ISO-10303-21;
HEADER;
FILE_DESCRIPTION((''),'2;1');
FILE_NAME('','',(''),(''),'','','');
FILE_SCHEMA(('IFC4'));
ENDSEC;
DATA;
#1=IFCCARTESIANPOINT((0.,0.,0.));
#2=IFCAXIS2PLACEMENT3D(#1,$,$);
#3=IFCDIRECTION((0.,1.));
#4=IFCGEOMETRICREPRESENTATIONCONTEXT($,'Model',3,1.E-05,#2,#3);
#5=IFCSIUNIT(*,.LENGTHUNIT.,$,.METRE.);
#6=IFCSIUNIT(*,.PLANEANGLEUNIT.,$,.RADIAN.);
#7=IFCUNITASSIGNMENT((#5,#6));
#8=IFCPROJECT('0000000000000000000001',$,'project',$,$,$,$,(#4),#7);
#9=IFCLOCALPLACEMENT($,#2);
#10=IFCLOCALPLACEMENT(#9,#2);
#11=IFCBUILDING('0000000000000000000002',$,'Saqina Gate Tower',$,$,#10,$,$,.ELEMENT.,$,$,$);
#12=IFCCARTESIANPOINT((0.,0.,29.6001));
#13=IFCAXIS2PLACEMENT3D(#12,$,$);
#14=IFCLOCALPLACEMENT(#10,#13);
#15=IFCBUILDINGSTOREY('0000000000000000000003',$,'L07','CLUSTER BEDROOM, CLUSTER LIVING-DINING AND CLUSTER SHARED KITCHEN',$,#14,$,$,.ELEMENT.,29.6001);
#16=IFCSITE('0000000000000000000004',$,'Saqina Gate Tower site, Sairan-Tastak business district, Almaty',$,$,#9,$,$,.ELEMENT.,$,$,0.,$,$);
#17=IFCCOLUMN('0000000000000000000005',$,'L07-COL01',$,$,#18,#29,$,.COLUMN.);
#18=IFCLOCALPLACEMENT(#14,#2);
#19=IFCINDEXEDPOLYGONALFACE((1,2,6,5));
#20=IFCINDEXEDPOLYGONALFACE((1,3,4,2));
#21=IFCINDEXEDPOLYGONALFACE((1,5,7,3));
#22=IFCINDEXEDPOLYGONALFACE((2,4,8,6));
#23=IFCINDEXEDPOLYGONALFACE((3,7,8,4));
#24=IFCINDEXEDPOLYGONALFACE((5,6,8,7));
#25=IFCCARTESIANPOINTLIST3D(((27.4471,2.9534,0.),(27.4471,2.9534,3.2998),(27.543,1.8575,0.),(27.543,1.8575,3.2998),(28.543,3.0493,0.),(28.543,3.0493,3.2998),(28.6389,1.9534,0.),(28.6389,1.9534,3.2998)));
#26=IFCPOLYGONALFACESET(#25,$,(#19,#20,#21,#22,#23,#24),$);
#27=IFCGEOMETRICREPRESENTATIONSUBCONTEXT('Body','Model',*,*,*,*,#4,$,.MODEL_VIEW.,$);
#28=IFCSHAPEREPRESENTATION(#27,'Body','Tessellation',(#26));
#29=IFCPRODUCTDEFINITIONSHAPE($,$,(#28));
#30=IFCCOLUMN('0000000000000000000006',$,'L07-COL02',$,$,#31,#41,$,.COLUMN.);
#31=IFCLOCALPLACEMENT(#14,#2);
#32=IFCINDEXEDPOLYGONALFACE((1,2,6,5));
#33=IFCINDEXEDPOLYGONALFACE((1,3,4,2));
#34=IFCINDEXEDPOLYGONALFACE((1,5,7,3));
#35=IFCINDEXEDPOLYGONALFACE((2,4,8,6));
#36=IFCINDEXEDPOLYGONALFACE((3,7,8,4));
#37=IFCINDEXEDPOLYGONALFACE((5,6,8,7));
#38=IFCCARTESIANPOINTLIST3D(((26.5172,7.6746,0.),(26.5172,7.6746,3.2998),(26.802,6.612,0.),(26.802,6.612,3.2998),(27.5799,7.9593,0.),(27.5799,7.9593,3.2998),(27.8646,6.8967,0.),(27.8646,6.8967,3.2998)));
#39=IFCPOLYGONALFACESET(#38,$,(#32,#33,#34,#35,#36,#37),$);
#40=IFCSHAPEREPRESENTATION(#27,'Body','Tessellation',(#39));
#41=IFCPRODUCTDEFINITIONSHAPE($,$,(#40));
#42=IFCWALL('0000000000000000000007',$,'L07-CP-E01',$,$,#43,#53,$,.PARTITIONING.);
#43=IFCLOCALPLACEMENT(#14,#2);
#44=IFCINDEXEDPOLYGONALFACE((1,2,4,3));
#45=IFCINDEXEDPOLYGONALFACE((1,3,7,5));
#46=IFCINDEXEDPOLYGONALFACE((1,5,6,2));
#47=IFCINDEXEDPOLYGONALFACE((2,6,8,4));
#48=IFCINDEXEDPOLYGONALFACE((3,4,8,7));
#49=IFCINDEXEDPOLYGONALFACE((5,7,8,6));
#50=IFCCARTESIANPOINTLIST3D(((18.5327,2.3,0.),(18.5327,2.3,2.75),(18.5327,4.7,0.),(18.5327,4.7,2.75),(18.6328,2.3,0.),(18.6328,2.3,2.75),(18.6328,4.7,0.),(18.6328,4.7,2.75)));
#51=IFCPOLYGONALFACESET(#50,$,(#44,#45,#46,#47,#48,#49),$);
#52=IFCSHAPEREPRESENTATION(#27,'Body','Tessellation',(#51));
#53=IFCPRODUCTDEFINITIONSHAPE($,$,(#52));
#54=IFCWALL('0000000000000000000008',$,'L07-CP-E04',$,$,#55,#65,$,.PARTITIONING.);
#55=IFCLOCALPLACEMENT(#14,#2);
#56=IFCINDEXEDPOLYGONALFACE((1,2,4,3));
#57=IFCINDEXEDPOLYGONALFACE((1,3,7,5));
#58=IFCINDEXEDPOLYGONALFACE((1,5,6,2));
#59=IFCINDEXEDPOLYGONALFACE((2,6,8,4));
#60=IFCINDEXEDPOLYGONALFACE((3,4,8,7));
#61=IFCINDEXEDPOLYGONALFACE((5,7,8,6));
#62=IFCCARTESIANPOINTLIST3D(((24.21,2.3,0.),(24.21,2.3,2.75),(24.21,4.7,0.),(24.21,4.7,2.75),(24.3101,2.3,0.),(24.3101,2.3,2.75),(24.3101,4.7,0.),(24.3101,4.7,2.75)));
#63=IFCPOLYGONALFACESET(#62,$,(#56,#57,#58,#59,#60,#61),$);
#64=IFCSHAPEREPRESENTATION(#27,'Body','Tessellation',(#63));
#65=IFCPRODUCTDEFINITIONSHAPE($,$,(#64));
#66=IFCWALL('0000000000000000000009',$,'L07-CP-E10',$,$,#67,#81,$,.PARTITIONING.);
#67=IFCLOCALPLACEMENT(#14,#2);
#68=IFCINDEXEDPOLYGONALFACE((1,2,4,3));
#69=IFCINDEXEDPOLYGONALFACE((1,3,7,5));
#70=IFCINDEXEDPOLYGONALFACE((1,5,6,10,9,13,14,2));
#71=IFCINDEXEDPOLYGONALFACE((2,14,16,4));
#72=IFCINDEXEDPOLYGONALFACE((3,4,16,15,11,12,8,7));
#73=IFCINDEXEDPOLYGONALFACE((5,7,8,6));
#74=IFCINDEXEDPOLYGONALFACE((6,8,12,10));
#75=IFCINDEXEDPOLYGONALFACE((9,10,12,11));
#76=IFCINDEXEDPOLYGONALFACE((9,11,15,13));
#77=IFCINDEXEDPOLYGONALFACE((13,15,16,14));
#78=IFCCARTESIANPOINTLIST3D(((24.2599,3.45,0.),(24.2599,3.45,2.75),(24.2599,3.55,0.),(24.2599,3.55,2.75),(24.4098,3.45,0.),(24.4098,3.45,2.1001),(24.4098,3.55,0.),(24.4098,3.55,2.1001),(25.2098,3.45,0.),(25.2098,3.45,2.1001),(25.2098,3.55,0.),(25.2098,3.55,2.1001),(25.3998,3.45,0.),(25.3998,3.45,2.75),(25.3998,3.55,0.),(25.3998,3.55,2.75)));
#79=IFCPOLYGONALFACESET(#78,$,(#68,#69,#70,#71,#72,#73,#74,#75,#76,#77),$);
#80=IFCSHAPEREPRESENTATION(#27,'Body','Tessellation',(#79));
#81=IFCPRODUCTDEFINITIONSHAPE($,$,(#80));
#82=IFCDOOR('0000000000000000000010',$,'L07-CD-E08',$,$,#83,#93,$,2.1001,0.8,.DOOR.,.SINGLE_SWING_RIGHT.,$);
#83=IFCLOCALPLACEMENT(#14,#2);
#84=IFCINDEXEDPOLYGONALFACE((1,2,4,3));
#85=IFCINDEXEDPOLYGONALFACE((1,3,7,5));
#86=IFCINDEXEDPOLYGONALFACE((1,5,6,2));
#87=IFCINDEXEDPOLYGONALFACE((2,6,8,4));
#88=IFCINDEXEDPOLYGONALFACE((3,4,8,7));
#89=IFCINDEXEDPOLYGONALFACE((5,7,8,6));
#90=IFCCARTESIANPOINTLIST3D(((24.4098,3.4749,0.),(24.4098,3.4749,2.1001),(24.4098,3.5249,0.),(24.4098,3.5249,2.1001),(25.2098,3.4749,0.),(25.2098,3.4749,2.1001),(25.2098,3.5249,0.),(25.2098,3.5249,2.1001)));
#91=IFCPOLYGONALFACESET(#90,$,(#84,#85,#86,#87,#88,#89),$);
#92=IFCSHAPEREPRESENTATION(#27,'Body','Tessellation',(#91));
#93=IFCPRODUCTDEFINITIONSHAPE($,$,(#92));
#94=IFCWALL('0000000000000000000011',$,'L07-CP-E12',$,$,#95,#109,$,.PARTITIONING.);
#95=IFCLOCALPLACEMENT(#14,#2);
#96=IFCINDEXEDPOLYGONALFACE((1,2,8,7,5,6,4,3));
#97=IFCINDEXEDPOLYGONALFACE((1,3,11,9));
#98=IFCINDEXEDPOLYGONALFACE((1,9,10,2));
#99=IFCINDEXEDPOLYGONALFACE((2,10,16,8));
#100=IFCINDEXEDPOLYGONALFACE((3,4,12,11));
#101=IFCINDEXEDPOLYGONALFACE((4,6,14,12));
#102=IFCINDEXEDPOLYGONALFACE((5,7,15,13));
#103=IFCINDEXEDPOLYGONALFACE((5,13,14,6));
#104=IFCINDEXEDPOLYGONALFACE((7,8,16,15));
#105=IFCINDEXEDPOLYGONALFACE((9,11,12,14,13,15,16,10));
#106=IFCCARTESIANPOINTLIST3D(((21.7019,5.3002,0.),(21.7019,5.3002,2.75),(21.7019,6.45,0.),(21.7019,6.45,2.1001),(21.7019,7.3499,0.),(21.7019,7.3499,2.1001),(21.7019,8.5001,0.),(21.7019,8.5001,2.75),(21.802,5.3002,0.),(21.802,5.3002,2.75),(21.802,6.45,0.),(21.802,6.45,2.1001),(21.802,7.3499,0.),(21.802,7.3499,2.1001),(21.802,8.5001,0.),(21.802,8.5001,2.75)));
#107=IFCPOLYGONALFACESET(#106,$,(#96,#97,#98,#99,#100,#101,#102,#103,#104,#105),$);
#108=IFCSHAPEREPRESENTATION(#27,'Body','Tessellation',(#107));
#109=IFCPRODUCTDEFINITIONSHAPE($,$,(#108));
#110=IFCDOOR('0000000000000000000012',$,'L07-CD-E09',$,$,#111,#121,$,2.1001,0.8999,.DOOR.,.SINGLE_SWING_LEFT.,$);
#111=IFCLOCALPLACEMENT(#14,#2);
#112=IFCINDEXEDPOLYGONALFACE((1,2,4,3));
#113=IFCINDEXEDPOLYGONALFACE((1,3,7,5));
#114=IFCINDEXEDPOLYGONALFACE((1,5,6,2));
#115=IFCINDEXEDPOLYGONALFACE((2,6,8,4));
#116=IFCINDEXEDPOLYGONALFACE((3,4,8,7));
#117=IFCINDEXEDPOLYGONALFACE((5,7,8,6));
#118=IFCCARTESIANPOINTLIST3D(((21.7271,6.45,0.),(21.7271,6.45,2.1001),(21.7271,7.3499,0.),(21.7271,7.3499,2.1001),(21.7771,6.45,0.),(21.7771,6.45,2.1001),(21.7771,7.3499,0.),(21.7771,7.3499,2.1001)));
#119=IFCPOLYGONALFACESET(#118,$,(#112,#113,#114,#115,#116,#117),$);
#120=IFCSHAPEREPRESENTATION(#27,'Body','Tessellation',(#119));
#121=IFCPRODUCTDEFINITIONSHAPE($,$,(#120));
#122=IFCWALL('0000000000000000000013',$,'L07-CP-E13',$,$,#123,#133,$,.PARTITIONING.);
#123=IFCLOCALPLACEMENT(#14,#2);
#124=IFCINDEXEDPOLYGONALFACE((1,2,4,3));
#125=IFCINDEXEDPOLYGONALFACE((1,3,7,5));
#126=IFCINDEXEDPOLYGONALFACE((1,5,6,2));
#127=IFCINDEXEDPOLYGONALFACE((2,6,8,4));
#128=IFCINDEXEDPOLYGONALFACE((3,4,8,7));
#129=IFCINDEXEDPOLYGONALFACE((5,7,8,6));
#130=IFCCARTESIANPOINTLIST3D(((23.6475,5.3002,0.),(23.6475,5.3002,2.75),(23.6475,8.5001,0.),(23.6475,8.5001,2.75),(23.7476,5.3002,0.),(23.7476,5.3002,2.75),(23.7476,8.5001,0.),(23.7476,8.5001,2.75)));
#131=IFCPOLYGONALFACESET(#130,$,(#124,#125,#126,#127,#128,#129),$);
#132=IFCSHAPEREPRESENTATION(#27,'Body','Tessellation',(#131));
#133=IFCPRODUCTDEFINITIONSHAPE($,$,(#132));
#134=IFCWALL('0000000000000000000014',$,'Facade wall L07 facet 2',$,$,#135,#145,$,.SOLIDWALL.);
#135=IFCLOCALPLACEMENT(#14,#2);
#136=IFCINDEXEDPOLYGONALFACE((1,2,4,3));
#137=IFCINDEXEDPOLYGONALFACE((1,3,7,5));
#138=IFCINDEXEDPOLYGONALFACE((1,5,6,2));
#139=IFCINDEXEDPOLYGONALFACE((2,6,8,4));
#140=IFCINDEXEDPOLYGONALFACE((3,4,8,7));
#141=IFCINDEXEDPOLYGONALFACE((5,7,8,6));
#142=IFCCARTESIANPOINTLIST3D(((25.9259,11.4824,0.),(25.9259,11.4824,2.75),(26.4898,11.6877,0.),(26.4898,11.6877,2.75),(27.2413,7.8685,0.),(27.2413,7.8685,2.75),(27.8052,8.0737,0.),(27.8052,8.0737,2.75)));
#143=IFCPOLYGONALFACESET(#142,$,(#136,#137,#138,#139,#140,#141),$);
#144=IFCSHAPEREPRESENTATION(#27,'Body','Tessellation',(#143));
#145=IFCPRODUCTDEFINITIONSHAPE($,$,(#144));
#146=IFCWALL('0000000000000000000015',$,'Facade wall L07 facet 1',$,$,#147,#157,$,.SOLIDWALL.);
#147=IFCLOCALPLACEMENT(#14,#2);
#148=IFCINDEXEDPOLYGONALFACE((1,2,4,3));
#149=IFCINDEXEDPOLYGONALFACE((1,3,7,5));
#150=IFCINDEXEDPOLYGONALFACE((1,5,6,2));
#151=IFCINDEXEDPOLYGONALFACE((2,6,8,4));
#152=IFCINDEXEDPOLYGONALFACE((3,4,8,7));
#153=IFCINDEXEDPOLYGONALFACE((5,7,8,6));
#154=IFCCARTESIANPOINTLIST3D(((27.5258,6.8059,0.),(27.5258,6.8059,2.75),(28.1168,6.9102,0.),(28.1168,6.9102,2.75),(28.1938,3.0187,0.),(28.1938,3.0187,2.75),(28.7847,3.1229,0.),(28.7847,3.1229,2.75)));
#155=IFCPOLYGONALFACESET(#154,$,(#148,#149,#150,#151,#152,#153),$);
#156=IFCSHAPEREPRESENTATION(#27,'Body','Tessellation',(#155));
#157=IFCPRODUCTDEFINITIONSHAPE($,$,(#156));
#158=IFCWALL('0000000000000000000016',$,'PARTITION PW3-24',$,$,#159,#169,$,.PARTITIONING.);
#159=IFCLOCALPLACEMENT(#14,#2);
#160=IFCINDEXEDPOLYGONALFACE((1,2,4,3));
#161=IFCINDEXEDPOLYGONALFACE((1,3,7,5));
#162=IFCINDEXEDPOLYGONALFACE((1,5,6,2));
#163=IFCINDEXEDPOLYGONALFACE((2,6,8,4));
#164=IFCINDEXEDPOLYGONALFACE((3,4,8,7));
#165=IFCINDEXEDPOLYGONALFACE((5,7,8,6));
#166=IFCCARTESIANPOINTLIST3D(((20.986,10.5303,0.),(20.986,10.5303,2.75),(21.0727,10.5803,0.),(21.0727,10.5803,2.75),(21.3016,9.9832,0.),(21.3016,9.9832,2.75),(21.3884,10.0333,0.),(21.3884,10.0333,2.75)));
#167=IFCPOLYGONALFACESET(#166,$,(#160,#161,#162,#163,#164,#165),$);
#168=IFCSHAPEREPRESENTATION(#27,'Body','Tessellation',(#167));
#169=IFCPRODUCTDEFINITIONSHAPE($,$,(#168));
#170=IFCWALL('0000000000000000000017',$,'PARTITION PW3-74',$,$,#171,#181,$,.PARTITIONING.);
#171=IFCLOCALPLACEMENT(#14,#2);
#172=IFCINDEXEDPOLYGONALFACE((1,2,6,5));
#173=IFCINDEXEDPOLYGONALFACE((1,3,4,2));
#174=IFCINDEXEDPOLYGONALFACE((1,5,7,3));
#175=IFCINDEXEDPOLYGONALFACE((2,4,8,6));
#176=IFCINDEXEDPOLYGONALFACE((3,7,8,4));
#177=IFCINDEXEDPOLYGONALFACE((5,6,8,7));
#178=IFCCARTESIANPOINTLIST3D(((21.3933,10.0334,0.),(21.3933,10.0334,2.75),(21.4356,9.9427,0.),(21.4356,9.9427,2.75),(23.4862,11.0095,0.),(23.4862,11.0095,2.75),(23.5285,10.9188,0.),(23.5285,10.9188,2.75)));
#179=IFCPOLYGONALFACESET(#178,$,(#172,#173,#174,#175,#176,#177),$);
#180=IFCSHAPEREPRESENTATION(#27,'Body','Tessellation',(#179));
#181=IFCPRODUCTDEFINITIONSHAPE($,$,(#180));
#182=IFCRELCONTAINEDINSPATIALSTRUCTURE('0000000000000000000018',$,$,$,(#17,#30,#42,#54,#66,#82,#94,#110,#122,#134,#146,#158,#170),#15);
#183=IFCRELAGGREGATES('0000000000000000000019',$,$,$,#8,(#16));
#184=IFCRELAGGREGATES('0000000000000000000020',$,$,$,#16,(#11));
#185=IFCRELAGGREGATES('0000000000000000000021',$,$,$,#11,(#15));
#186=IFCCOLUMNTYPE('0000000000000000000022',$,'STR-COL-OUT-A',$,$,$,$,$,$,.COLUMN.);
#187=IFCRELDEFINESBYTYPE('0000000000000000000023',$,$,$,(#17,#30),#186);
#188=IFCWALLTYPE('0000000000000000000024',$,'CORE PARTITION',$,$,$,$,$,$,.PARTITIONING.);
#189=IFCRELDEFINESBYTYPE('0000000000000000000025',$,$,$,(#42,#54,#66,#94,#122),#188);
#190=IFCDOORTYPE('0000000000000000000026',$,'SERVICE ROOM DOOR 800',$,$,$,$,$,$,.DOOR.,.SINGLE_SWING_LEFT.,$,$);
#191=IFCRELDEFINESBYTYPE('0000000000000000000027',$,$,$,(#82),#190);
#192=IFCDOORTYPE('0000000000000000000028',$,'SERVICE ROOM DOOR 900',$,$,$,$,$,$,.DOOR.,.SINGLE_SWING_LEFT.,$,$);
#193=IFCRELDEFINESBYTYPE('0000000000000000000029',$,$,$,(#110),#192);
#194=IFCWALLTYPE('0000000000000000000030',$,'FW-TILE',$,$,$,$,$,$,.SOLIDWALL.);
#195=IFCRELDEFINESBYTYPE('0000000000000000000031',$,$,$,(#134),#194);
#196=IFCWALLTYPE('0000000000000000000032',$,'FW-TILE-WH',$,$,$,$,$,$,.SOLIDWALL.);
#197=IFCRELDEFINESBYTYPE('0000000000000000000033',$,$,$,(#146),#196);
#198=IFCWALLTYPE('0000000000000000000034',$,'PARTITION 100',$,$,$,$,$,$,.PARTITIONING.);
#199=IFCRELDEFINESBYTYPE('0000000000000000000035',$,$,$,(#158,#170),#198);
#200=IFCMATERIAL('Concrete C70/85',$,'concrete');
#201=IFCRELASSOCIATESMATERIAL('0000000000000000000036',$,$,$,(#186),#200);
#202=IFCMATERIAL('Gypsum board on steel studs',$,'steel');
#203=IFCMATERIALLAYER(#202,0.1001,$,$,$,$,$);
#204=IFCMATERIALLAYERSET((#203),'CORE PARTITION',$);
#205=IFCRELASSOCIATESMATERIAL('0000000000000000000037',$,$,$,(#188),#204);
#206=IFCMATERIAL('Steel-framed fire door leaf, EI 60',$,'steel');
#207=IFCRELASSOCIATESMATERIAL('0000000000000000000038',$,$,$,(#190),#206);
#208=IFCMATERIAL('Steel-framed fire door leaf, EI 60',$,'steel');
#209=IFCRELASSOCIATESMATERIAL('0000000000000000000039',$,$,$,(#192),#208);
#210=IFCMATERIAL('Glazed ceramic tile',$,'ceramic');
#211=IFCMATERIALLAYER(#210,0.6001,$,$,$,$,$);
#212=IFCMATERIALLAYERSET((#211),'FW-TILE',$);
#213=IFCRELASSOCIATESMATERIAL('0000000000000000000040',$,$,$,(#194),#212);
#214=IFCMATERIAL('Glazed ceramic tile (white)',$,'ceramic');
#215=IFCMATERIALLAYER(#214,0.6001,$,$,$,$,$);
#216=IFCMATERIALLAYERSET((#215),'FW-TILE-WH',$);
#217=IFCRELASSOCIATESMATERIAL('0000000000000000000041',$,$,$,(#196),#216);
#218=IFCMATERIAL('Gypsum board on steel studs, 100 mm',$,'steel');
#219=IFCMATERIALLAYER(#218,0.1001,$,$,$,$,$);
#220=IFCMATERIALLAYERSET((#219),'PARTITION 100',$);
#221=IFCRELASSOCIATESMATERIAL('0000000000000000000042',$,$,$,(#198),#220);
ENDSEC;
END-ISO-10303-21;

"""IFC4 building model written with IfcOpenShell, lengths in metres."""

from ifc_helpers import new_model, si_unit, direction, frame, frame_2d, origin, origin_2d, place, context, subcontext, project, spatial, rectangle, extrude, material, layer, layer_set, material_profile, profile_set, type_object, element, fill, save


model = new_model("IFC4")

# Units and contexts
model_context = context("Model", 3, precision=1e-05, world=origin(), true_north=direction((0.0, 1.0)))
body_context = subcontext(model_context, "Body", "Model", "MODEL_VIEW")
ifc_project = project(units=[si_unit("LENGTHUNIT", "METRE"), si_unit("PLANEANGLEUNIT", "RADIAN")], contexts=[model_context])

# Site, building, storey
site_placement = place(None, origin())
site = spatial("IfcSite", under=ifc_project, at=site_placement, Name="Saqina Gate Tower site, Sairan-Tastak business district, Almaty", CompositionType="ELEMENT", RefElevation=0.0)
building_placement = place(site_placement, origin())
building = spatial("IfcBuilding", under=site, at=building_placement, Name="Saqina Gate Tower", CompositionType="ELEMENT")
storey_placement = place(building_placement, frame((0.0, 0.0, 29.6001)))
storey = spatial("IfcBuildingStorey", under=building, at=storey_placement, Name="L07", Description="CLUSTER BEDROOM, CLUSTER LIVING-DINING AND CLUSTER SHARED KITCHEN", CompositionType="ELEMENT", Elevation=29.6001)

# Columns
ifc_material_1 = material(Name="Concrete C70/85", Category="concrete")
ifc_material_profile = material_profile(ifc_material_1, rectangle(XDim=1.1001, YDim=1.1001, at=origin_2d()), Name="RC 1100x1100")
ifc_profile_set = profile_set([ifc_material_profile], Name="Concrete C70/85")
column_type = type_object("IfcColumnType", Name="STR-COL-OUT-A", PredefinedType="COLUMN", material=ifc_profile_set)
for number, where, z_axis, x_axis, name in (
    (1, (28.043, 2.4534, 0.0), (0.0, 0.0, 1.0), (0.996195, 0.087156, 0.0), "L07-COL01"),
    (2, (27.1909, 7.2856, 0.0), (0.0, 0.0, 1.0), (0.965926, 0.258819, 0.0), "L07-COL02"),
):
    element("IfcColumn", number, at=place(storey_placement, frame(where, z_axis=z_axis, x_axis=x_axis)), inside=storey, type_object=column_type, Name=name, PredefinedType="COLUMN", context=body_context, shape_type="SweptSolid", body=[
        extrude(rectangle(XDim=1.1001, YDim=1.1001, at=origin_2d()), origin(), (0.0, 0.0, 1.0), 3.2998),
    ])

# Walls
ifc_material_2 = material(Name="Gypsum board on steel studs", Category="steel")
ifc_layer_1 = layer(ifc_material_2, 0.1001)
ifc_layer_set_1 = layer_set([ifc_layer_1], Name="CORE PARTITION")
wall_type_1 = type_object("IfcWallType", Name="CORE PARTITION", PredefinedType="PARTITIONING", material=ifc_layer_set_1)
for number, where, z_axis, x_axis, name in (
    (3, (18.5828, 2.3, 0.0), (0.0, 0.0, 1.0), (0.0, 1.0, 0.0), "L07-CP-E01"),
    (4, (24.26, 2.3, 0.0), (0.0, 0.0, 1.0), (0.0, 1.0, 0.0), "L07-CP-E04"),
):
    element("IfcWall", number, at=place(storey_placement, frame(where, z_axis=z_axis, x_axis=x_axis)), inside=storey, type_object=wall_type_1, Name=name, PredefinedType="PARTITIONING", context=body_context, shape_type="SweptSolid", body=[
        extrude(rectangle(XDim=2.3999, YDim=0.1001, at=frame_2d((1.2, 0.0))), origin(), (0.0, 0.0, 1.0), 2.75),
    ])

# Walls, openings, doors
wall_1_placement = place(storey_placement, frame((24.26, 3.5, 0.0), z_axis=(0.0, 0.0, 1.0), x_axis=(1.0, 0.0, 0.0)))
wall_1 = element("IfcWall", 5, at=wall_1_placement, inside=storey, type_object=wall_type_1, Name="L07-CP-E10", PredefinedType="PARTITIONING", context=body_context, shape_type="SweptSolid", body=[
    extrude(rectangle(XDim=1.1399, YDim=0.1001, at=frame_2d((0.5698, 0.0))), origin(), (0.0, 0.0, 1.0), 2.75),
])
opening_1_placement = place(wall_1_placement, frame((0.1499, 0.0, 0.0)))
opening_1 = element("IfcOpeningElement", 6, at=opening_1_placement, cuts=wall_1, PredefinedType="OPENING", context=body_context, shape_type="SweptSolid", body=[
    extrude(rectangle(XDim=0.8, YDim=2.1001, at=frame_2d((0.3999, 1.05))), frame((0.0, 0.062, 0.0), z_axis=(0.0, -1.0, 0.0), x_axis=(1.0, 0.0, 0.0)), (0.0, 0.0, 1.0), 0.124),
])
ifc_material_3 = material(Name="Steel-framed fire door leaf, EI 60", Category="steel")
door_type_1 = type_object("IfcDoorType", Name="SERVICE ROOM DOOR 800", OperationType="SINGLE_SWING_LEFT", PredefinedType="DOOR", material=ifc_material_3)
door_1_placement = place(opening_1_placement, origin())
door_1 = element("IfcDoor", 7, at=door_1_placement, inside=storey, type_object=door_type_1, Name="L07-CD-E08", OperationType="SINGLE_SWING_RIGHT", OverallHeight=2.1001, OverallWidth=0.8, PredefinedType="DOOR", context=body_context, shape_type="SweptSolid", body=[
    extrude(rectangle(XDim=0.8, YDim=2.1001, at=frame_2d((0.3999, 1.05))), frame((0.0, 0.0249, 0.0), z_axis=(0.0, -1.0, 0.0), x_axis=(1.0, 0.0, 0.0)), (0.0, 0.0, 1.0), 0.05),
])
fill(opening_1, door_1)
wall_2_placement = place(storey_placement, frame((21.752, 5.3, 0.0), z_axis=(0.0, 0.0, 1.0), x_axis=(0.0, 1.0, 0.0)))
wall_2 = element("IfcWall", 8, at=wall_2_placement, inside=storey, type_object=wall_type_1, Name="L07-CP-E12", PredefinedType="PARTITIONING", context=body_context, shape_type="SweptSolid", body=[
    extrude(rectangle(XDim=3.2, YDim=0.1001, at=frame_2d((1.6001, 0.0))), origin(), (0.0, 0.0, 1.0), 2.75),
])
opening_2_placement = place(wall_2_placement, frame((1.1499, 0.0, 0.0)))
opening_2 = element("IfcOpeningElement", 9, at=opening_2_placement, cuts=wall_2, PredefinedType="OPENING", context=body_context, shape_type="SweptSolid", body=[
    extrude(rectangle(XDim=0.8999, YDim=2.1001, at=frame_2d((0.45, 1.05))), frame((0.0, 0.062, 0.0), z_axis=(0.0, -1.0, 0.0), x_axis=(1.0, 0.0, 0.0)), (0.0, 0.0, 1.0), 0.124),
])
ifc_material_4 = material(Name="Steel-framed fire door leaf, EI 60", Category="steel")
door_type_2 = type_object("IfcDoorType", Name="SERVICE ROOM DOOR 900", OperationType="SINGLE_SWING_LEFT", PredefinedType="DOOR", material=ifc_material_4)
door_2_placement = place(opening_2_placement, origin())
door_2 = element("IfcDoor", 10, at=door_2_placement, inside=storey, type_object=door_type_2, Name="L07-CD-E09", OperationType="SINGLE_SWING_LEFT", OverallHeight=2.1001, OverallWidth=0.8999, PredefinedType="DOOR", context=body_context, shape_type="SweptSolid", body=[
    extrude(rectangle(XDim=0.8999, YDim=2.1001, at=frame_2d((0.45, 1.05))), frame((0.0, 0.0249, 0.0), z_axis=(0.0, -1.0, 0.0), x_axis=(1.0, 0.0, 0.0)), (0.0, 0.0, 1.0), 0.05),
])
fill(opening_2, door_2)

# Walls
wall_3_placement = place(storey_placement, frame((23.6975, 5.3, 0.0), z_axis=(0.0, 0.0, 1.0), x_axis=(0.0, 1.0, 0.0)))
element("IfcWall", 11, at=wall_3_placement, inside=storey, type_object=wall_type_1, Name="L07-CP-E13", PredefinedType="PARTITIONING", context=body_context, shape_type="SweptSolid", body=[
    extrude(rectangle(XDim=3.2, YDim=0.1001, at=frame_2d((1.6001, 0.0))), origin(), (0.0, 0.0, 1.0), 2.75),
])
ifc_material_5 = material(Name="Glazed ceramic tile", Category="ceramic")
ifc_layer_2 = layer(ifc_material_5, 0.6001)
ifc_layer_set_2 = layer_set([ifc_layer_2], Name="FW-TILE")
wall_type_2 = type_object("IfcWallType", Name="FW-TILE", PredefinedType="SOLIDWALL", material=ifc_layer_set_2)
wall_4_placement = place(storey_placement, frame((27.5232, 7.9712, 0.0), z_axis=(0.0, 0.0, 1.0), x_axis=(-0.342028, 0.93969, 0.0)))
element("IfcWall", 12, at=wall_4_placement, inside=storey, type_object=wall_type_2, Name="Facade wall L07 facet 2", PredefinedType="SOLIDWALL", context=body_context, shape_type="SweptSolid", body=[
    extrude(rectangle(XDim=3.8459, YDim=0.6001, at=frame_2d((1.9229, 0.0))), origin(), (0.0, 0.0, 1.0), 2.75),
])
ifc_material_6 = material(Name="Glazed ceramic tile (white)", Category="ceramic")
ifc_layer_3 = layer(ifc_material_6, 0.6001)
ifc_layer_set_3 = layer_set([ifc_layer_3], Name="FW-TILE-WH")
wall_type_3 = type_object("IfcWallType", Name="FW-TILE-WH", PredefinedType="SOLIDWALL", material=ifc_layer_set_3)
wall_5_placement = place(storey_placement, frame((28.4893, 3.0708, 0.0), z_axis=(0.0, 0.0, 1.0), x_axis=(-0.173688, 0.984801, 0.0)))
element("IfcWall", 13, at=wall_5_placement, inside=storey, type_object=wall_type_3, Name="Facade wall L07 facet 1", PredefinedType="SOLIDWALL", context=body_context, shape_type="SweptSolid", body=[
    extrude(rectangle(XDim=3.8457, YDim=0.6001, at=frame_2d((1.9229, 0.0))), origin(), (0.0, 0.0, 1.0), 2.75),
])
ifc_material_7 = material(Name="Gypsum board on steel studs, 100 mm", Category="steel")
ifc_layer_4 = layer(ifc_material_7, 0.1001)
ifc_layer_set_4 = layer_set([ifc_layer_4], Name="PARTITION 100")
wall_type_4 = type_object("IfcWallType", Name="PARTITION 100", PredefinedType="PARTITIONING", material=ifc_layer_set_4)
wall_6_placement = place(storey_placement, frame((21.0293, 10.5554, 0.0), z_axis=(0.0, 0.0, 1.0), x_axis=(0.499756, -0.866166, 0.0)))
element("IfcWall", 14, at=wall_6_placement, inside=storey, type_object=wall_type_4, Name="PARTITION PW3-24", PredefinedType="PARTITIONING", context=body_context, shape_type="SweptSolid", body=[
    extrude(rectangle(XDim=0.6316, YDim=0.1001, at=frame_2d((0.3159, 0.0))), origin(), (0.0, 0.0, 1.0), 2.75),
])
wall_7_placement = place(storey_placement, frame((21.4143, 9.988, 0.0), z_axis=(0.0, 0.0, 1.0), x_axis=(0.906294, 0.422648, 0.0)))
element("IfcWall", 15, at=wall_7_placement, inside=storey, type_object=wall_type_4, Name="PARTITION PW3-74", PredefinedType="PARTITIONING", context=body_context, shape_type="SweptSolid", body=[
    extrude(rectangle(XDim=2.3093, YDim=0.1001, at=frame_2d((1.1548, 0.0))), origin(), (0.0, 0.0, 1.0), 2.75),
])

save(model, "model.ifc")
